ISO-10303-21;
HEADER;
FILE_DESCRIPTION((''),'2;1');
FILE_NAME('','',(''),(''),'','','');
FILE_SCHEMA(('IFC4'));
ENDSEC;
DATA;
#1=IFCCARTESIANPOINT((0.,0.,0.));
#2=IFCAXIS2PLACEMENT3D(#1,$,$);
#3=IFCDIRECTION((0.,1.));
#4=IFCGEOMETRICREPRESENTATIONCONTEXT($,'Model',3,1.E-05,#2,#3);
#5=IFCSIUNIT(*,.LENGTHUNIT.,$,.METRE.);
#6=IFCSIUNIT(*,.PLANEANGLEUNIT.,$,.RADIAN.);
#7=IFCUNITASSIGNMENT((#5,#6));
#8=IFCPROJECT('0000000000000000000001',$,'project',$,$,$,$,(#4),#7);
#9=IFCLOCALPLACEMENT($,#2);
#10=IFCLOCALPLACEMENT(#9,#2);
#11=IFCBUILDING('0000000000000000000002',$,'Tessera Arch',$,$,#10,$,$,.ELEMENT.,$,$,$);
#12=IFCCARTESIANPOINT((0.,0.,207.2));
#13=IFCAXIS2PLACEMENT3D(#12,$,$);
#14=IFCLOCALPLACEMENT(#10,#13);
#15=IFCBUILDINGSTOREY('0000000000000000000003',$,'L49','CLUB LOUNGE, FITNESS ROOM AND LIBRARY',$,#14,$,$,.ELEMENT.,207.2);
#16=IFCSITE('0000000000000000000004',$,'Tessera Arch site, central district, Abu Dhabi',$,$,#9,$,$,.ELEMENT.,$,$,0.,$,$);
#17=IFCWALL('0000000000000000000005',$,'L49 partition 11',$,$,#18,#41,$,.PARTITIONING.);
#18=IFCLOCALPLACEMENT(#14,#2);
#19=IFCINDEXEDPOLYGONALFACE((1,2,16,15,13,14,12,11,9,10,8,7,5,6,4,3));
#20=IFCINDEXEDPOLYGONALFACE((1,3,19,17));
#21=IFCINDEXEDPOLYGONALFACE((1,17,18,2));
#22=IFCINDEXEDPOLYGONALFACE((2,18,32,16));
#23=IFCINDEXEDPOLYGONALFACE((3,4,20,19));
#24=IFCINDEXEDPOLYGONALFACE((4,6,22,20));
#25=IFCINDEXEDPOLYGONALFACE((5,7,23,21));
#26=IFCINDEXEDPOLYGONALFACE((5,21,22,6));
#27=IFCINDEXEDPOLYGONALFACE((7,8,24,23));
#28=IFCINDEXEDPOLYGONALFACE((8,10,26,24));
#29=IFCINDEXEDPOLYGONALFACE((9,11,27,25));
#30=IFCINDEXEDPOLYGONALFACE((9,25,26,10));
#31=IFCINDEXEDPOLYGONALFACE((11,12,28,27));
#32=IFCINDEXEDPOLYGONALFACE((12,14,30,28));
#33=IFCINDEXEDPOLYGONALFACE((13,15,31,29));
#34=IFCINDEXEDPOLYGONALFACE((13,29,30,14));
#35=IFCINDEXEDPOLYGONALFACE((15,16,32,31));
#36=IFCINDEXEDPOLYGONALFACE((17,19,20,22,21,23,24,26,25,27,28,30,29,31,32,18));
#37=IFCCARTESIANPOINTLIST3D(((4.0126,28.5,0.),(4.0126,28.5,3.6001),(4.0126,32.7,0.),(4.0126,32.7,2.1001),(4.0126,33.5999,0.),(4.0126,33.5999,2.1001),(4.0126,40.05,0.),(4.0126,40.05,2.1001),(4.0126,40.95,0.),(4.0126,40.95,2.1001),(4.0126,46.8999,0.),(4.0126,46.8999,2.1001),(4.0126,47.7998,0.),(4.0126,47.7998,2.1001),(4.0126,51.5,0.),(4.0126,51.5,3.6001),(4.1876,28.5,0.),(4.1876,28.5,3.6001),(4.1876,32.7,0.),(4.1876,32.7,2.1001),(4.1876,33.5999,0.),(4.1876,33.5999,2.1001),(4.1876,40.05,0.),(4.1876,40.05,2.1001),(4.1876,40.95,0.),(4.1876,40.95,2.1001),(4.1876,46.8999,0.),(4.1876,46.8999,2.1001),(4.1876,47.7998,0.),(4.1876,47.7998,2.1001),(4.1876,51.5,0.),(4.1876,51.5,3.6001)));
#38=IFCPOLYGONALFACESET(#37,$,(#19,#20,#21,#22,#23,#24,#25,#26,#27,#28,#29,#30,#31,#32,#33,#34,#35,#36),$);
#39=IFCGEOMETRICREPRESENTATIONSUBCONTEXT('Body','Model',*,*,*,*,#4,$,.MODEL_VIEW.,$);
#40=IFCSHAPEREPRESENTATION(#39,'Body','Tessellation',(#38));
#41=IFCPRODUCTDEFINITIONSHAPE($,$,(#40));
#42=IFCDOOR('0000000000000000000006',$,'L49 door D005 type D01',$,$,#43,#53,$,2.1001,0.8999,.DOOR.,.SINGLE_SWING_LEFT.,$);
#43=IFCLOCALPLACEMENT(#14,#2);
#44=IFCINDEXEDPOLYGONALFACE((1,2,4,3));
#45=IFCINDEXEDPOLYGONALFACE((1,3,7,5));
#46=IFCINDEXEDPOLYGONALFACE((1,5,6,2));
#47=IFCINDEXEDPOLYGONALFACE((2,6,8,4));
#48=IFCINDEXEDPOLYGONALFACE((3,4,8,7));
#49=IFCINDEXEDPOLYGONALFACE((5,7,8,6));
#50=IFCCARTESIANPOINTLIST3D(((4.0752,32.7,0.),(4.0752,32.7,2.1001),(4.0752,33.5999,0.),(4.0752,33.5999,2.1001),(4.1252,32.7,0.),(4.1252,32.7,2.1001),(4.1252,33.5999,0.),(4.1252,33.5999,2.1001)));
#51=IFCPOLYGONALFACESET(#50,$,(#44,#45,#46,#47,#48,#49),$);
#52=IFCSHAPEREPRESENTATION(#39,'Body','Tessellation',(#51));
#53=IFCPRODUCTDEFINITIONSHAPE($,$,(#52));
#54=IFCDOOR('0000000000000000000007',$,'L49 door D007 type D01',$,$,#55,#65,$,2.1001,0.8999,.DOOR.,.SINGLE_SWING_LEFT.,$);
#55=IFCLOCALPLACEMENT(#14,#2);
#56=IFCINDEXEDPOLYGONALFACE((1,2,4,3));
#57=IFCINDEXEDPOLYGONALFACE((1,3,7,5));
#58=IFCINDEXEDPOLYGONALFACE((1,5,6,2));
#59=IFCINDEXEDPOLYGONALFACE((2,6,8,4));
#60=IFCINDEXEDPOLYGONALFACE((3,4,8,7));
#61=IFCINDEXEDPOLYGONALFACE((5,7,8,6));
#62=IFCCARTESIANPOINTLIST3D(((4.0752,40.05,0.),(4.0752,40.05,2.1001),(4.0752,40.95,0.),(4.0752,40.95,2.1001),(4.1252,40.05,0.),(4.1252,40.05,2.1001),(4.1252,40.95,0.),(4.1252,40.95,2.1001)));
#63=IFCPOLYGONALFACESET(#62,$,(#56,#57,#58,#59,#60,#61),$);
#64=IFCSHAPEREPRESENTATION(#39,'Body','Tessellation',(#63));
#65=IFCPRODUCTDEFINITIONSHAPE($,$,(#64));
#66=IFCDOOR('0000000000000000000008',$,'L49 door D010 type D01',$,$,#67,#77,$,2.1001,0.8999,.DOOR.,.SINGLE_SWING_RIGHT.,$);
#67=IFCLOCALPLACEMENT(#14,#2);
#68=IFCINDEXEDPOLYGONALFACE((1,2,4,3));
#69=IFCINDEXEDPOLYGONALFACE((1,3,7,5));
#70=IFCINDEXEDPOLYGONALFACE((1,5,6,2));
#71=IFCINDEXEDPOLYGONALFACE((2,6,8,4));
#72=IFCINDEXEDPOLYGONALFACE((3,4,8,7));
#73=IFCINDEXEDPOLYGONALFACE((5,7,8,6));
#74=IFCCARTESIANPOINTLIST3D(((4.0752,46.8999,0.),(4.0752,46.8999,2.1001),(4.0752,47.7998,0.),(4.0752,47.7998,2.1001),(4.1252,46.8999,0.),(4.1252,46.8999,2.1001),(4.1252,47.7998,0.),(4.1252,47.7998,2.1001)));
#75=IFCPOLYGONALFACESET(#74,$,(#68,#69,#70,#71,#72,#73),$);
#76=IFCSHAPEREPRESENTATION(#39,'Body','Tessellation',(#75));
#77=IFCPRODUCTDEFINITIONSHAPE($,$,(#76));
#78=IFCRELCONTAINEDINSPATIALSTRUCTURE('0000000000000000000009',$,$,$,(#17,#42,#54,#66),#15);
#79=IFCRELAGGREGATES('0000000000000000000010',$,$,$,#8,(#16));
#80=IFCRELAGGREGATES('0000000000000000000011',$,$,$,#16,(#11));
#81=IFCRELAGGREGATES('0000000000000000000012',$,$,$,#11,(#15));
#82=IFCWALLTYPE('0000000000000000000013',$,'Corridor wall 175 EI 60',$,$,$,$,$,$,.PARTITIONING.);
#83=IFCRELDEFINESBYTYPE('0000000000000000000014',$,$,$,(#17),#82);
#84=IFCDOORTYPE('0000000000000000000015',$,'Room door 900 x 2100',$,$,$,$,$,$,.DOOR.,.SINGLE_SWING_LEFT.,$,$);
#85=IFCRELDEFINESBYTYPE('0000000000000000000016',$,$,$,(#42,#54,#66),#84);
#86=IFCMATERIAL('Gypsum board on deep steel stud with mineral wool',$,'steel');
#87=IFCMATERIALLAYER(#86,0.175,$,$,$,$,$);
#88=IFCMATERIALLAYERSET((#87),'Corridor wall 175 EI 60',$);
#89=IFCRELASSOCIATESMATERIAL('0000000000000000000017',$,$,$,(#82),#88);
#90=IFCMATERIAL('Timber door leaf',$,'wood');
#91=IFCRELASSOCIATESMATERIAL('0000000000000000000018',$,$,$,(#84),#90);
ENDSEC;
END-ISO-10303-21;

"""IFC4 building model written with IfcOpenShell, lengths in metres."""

from ifc_helpers import new_model, si_unit, direction, frame, frame_2d, origin, place, context, subcontext, project, spatial, rectangle, extrude, material, layer, layer_set, type_object, element, fill, save


model = new_model("IFC4")

# Units and contexts
model_context = context("Model", 3, precision=1e-05, world=origin(), true_north=direction((0.0, 1.0)))
body_context = subcontext(model_context, "Body", "Model", "MODEL_VIEW")
ifc_project = project(units=[si_unit("LENGTHUNIT", "METRE"), si_unit("PLANEANGLEUNIT", "RADIAN")], contexts=[model_context])

# Site, building, storey
site_placement = place(None, origin())
site = spatial("IfcSite", under=ifc_project, at=site_placement, Name="Tessera Arch site, central district, Abu Dhabi", CompositionType="ELEMENT", RefElevation=0.0)
building_placement = place(site_placement, origin())
building = spatial("IfcBuilding", under=site, at=building_placement, Name="Tessera Arch", CompositionType="ELEMENT")
storey_placement = place(building_placement, frame((0.0, 0.0, 207.2)))
storey = spatial("IfcBuildingStorey", under=building, at=storey_placement, Name="L49", Description="CLUB LOUNGE, FITNESS ROOM AND LIBRARY", CompositionType="ELEMENT", Elevation=207.2)

# Shared definitions
ifc_material_1 = material(Name="Gypsum board on deep steel stud with mineral wool", Category="steel")
ifc_layer_1 = layer(ifc_material_1, 0.175)
ifc_layer_set_1 = layer_set([ifc_layer_1], Name="Corridor wall 175 EI 60")
wall_type_1 = type_object("IfcWallType", Name="Corridor wall 175 EI 60", PredefinedType="PARTITIONING", material=ifc_layer_set_1)

# Wall, openings, doors
wall_1_placement = place(storey_placement, frame((4.1001, 28.5, 0.0), z_axis=(0.0, 0.0, 1.0), x_axis=(0.0, 1.0, 0.0)))
wall_1 = element("IfcWall", 1, at=wall_1_placement, inside=storey, type_object=wall_type_1, Name="L49 partition 11", PredefinedType="PARTITIONING", context=body_context, shape_type="SweptSolid", body=[
    extrude(rectangle(XDim=23.0, YDim=0.175, at=frame_2d((11.5, 0.0))), origin(), (0.0, 0.0, 1.0), 3.6001),
])
opening_1_placement = place(wall_1_placement, frame((4.2, 0.0, 0.0)))
opening_1 = element("IfcOpeningElement", 2, at=opening_1_placement, cuts=wall_1, PredefinedType="OPENING", context=body_context, shape_type="SweptSolid", body=[
    extrude(rectangle(XDim=0.8999, YDim=2.1001, at=frame_2d((0.45, 1.05))), frame((0.0, 0.0974, 0.0), z_axis=(0.0, -1.0, 0.0), x_axis=(1.0, 0.0, 0.0)), (0.0, 0.0, 1.0), 0.1951),
])
opening_2_placement = place(wall_1_placement, frame((11.55, 0.0, 0.0)))
opening_2 = element("IfcOpeningElement", 3, at=opening_2_placement, cuts=wall_1, PredefinedType="OPENING", context=body_context, shape_type="SweptSolid", body=[
    extrude(rectangle(XDim=0.8999, YDim=2.1001, at=frame_2d((0.45, 1.05))), frame((0.0, 0.0974, 0.0), z_axis=(0.0, -1.0, 0.0), x_axis=(1.0, 0.0, 0.0)), (0.0, 0.0, 1.0), 0.1951),
])
opening_3_placement = place(wall_1_placement, frame((18.3999, 0.0, 0.0)))
opening_3 = element("IfcOpeningElement", 4, at=opening_3_placement, cuts=wall_1, PredefinedType="OPENING", context=body_context, shape_type="SweptSolid", body=[
    extrude(rectangle(XDim=0.8999, YDim=2.1001, at=frame_2d((0.45, 1.05))), frame((0.0, 0.0974, 0.0), z_axis=(0.0, -1.0, 0.0), x_axis=(1.0, 0.0, 0.0)), (0.0, 0.0, 1.0), 0.1951),
])
ifc_material_2 = material(Name="Timber door leaf", Category="wood")
door_type_1 = type_object("IfcDoorType", Name="Room door 900 x 2100", OperationType="SINGLE_SWING_LEFT", PredefinedType="DOOR", material=ifc_material_2)
door_1_placement = place(opening_1_placement, origin())
door_1 = element("IfcDoor", 5, at=door_1_placement, inside=storey, type_object=door_type_1, Name="L49 door D005 type D01", OperationType="SINGLE_SWING_LEFT", OverallHeight=2.1001, OverallWidth=0.8999, PredefinedType="DOOR", context=body_context, shape_type="SweptSolid", body=[
    extrude(rectangle(XDim=0.8999, YDim=2.1001, at=frame_2d((0.45, 1.05))), frame((0.0, 0.0249, 0.0), z_axis=(0.0, -1.0, 0.0), x_axis=(1.0, 0.0, 0.0)), (0.0, 0.0, 1.0), 0.05),
])
fill(opening_1, door_1)
door_2_placement = place(opening_2_placement, origin())
door_2 = element("IfcDoor", 6, at=door_2_placement, inside=storey, type_object=door_type_1, Name="L49 door D007 type D01", OperationType="SINGLE_SWING_LEFT", OverallHeight=2.1001, OverallWidth=0.8999, PredefinedType="DOOR", context=body_context, shape_type="SweptSolid", body=[
    extrude(rectangle(XDim=0.8999, YDim=2.1001, at=frame_2d((0.45, 1.05))), frame((0.0, 0.0249, 0.0), z_axis=(0.0, -1.0, 0.0), x_axis=(1.0, 0.0, 0.0)), (0.0, 0.0, 1.0), 0.05),
])
fill(opening_2, door_2)
door_3_placement = place(opening_3_placement, origin())
door_3 = element("IfcDoor", 7, at=door_3_placement, inside=storey, type_object=door_type_1, Name="L49 door D010 type D01", OperationType="SINGLE_SWING_RIGHT", OverallHeight=2.1001, OverallWidth=0.8999, PredefinedType="DOOR", context=body_context, shape_type="SweptSolid", body=[
    extrude(rectangle(XDim=0.8999, YDim=2.1001, at=frame_2d((0.45, 1.05))), frame((0.0, 0.0249, 0.0), z_axis=(0.0, -1.0, 0.0), x_axis=(1.0, 0.0, 0.0)), (0.0, 0.0, 1.0), 0.05),
])
fill(opening_3, door_3)

save(model, "model.ifc")
